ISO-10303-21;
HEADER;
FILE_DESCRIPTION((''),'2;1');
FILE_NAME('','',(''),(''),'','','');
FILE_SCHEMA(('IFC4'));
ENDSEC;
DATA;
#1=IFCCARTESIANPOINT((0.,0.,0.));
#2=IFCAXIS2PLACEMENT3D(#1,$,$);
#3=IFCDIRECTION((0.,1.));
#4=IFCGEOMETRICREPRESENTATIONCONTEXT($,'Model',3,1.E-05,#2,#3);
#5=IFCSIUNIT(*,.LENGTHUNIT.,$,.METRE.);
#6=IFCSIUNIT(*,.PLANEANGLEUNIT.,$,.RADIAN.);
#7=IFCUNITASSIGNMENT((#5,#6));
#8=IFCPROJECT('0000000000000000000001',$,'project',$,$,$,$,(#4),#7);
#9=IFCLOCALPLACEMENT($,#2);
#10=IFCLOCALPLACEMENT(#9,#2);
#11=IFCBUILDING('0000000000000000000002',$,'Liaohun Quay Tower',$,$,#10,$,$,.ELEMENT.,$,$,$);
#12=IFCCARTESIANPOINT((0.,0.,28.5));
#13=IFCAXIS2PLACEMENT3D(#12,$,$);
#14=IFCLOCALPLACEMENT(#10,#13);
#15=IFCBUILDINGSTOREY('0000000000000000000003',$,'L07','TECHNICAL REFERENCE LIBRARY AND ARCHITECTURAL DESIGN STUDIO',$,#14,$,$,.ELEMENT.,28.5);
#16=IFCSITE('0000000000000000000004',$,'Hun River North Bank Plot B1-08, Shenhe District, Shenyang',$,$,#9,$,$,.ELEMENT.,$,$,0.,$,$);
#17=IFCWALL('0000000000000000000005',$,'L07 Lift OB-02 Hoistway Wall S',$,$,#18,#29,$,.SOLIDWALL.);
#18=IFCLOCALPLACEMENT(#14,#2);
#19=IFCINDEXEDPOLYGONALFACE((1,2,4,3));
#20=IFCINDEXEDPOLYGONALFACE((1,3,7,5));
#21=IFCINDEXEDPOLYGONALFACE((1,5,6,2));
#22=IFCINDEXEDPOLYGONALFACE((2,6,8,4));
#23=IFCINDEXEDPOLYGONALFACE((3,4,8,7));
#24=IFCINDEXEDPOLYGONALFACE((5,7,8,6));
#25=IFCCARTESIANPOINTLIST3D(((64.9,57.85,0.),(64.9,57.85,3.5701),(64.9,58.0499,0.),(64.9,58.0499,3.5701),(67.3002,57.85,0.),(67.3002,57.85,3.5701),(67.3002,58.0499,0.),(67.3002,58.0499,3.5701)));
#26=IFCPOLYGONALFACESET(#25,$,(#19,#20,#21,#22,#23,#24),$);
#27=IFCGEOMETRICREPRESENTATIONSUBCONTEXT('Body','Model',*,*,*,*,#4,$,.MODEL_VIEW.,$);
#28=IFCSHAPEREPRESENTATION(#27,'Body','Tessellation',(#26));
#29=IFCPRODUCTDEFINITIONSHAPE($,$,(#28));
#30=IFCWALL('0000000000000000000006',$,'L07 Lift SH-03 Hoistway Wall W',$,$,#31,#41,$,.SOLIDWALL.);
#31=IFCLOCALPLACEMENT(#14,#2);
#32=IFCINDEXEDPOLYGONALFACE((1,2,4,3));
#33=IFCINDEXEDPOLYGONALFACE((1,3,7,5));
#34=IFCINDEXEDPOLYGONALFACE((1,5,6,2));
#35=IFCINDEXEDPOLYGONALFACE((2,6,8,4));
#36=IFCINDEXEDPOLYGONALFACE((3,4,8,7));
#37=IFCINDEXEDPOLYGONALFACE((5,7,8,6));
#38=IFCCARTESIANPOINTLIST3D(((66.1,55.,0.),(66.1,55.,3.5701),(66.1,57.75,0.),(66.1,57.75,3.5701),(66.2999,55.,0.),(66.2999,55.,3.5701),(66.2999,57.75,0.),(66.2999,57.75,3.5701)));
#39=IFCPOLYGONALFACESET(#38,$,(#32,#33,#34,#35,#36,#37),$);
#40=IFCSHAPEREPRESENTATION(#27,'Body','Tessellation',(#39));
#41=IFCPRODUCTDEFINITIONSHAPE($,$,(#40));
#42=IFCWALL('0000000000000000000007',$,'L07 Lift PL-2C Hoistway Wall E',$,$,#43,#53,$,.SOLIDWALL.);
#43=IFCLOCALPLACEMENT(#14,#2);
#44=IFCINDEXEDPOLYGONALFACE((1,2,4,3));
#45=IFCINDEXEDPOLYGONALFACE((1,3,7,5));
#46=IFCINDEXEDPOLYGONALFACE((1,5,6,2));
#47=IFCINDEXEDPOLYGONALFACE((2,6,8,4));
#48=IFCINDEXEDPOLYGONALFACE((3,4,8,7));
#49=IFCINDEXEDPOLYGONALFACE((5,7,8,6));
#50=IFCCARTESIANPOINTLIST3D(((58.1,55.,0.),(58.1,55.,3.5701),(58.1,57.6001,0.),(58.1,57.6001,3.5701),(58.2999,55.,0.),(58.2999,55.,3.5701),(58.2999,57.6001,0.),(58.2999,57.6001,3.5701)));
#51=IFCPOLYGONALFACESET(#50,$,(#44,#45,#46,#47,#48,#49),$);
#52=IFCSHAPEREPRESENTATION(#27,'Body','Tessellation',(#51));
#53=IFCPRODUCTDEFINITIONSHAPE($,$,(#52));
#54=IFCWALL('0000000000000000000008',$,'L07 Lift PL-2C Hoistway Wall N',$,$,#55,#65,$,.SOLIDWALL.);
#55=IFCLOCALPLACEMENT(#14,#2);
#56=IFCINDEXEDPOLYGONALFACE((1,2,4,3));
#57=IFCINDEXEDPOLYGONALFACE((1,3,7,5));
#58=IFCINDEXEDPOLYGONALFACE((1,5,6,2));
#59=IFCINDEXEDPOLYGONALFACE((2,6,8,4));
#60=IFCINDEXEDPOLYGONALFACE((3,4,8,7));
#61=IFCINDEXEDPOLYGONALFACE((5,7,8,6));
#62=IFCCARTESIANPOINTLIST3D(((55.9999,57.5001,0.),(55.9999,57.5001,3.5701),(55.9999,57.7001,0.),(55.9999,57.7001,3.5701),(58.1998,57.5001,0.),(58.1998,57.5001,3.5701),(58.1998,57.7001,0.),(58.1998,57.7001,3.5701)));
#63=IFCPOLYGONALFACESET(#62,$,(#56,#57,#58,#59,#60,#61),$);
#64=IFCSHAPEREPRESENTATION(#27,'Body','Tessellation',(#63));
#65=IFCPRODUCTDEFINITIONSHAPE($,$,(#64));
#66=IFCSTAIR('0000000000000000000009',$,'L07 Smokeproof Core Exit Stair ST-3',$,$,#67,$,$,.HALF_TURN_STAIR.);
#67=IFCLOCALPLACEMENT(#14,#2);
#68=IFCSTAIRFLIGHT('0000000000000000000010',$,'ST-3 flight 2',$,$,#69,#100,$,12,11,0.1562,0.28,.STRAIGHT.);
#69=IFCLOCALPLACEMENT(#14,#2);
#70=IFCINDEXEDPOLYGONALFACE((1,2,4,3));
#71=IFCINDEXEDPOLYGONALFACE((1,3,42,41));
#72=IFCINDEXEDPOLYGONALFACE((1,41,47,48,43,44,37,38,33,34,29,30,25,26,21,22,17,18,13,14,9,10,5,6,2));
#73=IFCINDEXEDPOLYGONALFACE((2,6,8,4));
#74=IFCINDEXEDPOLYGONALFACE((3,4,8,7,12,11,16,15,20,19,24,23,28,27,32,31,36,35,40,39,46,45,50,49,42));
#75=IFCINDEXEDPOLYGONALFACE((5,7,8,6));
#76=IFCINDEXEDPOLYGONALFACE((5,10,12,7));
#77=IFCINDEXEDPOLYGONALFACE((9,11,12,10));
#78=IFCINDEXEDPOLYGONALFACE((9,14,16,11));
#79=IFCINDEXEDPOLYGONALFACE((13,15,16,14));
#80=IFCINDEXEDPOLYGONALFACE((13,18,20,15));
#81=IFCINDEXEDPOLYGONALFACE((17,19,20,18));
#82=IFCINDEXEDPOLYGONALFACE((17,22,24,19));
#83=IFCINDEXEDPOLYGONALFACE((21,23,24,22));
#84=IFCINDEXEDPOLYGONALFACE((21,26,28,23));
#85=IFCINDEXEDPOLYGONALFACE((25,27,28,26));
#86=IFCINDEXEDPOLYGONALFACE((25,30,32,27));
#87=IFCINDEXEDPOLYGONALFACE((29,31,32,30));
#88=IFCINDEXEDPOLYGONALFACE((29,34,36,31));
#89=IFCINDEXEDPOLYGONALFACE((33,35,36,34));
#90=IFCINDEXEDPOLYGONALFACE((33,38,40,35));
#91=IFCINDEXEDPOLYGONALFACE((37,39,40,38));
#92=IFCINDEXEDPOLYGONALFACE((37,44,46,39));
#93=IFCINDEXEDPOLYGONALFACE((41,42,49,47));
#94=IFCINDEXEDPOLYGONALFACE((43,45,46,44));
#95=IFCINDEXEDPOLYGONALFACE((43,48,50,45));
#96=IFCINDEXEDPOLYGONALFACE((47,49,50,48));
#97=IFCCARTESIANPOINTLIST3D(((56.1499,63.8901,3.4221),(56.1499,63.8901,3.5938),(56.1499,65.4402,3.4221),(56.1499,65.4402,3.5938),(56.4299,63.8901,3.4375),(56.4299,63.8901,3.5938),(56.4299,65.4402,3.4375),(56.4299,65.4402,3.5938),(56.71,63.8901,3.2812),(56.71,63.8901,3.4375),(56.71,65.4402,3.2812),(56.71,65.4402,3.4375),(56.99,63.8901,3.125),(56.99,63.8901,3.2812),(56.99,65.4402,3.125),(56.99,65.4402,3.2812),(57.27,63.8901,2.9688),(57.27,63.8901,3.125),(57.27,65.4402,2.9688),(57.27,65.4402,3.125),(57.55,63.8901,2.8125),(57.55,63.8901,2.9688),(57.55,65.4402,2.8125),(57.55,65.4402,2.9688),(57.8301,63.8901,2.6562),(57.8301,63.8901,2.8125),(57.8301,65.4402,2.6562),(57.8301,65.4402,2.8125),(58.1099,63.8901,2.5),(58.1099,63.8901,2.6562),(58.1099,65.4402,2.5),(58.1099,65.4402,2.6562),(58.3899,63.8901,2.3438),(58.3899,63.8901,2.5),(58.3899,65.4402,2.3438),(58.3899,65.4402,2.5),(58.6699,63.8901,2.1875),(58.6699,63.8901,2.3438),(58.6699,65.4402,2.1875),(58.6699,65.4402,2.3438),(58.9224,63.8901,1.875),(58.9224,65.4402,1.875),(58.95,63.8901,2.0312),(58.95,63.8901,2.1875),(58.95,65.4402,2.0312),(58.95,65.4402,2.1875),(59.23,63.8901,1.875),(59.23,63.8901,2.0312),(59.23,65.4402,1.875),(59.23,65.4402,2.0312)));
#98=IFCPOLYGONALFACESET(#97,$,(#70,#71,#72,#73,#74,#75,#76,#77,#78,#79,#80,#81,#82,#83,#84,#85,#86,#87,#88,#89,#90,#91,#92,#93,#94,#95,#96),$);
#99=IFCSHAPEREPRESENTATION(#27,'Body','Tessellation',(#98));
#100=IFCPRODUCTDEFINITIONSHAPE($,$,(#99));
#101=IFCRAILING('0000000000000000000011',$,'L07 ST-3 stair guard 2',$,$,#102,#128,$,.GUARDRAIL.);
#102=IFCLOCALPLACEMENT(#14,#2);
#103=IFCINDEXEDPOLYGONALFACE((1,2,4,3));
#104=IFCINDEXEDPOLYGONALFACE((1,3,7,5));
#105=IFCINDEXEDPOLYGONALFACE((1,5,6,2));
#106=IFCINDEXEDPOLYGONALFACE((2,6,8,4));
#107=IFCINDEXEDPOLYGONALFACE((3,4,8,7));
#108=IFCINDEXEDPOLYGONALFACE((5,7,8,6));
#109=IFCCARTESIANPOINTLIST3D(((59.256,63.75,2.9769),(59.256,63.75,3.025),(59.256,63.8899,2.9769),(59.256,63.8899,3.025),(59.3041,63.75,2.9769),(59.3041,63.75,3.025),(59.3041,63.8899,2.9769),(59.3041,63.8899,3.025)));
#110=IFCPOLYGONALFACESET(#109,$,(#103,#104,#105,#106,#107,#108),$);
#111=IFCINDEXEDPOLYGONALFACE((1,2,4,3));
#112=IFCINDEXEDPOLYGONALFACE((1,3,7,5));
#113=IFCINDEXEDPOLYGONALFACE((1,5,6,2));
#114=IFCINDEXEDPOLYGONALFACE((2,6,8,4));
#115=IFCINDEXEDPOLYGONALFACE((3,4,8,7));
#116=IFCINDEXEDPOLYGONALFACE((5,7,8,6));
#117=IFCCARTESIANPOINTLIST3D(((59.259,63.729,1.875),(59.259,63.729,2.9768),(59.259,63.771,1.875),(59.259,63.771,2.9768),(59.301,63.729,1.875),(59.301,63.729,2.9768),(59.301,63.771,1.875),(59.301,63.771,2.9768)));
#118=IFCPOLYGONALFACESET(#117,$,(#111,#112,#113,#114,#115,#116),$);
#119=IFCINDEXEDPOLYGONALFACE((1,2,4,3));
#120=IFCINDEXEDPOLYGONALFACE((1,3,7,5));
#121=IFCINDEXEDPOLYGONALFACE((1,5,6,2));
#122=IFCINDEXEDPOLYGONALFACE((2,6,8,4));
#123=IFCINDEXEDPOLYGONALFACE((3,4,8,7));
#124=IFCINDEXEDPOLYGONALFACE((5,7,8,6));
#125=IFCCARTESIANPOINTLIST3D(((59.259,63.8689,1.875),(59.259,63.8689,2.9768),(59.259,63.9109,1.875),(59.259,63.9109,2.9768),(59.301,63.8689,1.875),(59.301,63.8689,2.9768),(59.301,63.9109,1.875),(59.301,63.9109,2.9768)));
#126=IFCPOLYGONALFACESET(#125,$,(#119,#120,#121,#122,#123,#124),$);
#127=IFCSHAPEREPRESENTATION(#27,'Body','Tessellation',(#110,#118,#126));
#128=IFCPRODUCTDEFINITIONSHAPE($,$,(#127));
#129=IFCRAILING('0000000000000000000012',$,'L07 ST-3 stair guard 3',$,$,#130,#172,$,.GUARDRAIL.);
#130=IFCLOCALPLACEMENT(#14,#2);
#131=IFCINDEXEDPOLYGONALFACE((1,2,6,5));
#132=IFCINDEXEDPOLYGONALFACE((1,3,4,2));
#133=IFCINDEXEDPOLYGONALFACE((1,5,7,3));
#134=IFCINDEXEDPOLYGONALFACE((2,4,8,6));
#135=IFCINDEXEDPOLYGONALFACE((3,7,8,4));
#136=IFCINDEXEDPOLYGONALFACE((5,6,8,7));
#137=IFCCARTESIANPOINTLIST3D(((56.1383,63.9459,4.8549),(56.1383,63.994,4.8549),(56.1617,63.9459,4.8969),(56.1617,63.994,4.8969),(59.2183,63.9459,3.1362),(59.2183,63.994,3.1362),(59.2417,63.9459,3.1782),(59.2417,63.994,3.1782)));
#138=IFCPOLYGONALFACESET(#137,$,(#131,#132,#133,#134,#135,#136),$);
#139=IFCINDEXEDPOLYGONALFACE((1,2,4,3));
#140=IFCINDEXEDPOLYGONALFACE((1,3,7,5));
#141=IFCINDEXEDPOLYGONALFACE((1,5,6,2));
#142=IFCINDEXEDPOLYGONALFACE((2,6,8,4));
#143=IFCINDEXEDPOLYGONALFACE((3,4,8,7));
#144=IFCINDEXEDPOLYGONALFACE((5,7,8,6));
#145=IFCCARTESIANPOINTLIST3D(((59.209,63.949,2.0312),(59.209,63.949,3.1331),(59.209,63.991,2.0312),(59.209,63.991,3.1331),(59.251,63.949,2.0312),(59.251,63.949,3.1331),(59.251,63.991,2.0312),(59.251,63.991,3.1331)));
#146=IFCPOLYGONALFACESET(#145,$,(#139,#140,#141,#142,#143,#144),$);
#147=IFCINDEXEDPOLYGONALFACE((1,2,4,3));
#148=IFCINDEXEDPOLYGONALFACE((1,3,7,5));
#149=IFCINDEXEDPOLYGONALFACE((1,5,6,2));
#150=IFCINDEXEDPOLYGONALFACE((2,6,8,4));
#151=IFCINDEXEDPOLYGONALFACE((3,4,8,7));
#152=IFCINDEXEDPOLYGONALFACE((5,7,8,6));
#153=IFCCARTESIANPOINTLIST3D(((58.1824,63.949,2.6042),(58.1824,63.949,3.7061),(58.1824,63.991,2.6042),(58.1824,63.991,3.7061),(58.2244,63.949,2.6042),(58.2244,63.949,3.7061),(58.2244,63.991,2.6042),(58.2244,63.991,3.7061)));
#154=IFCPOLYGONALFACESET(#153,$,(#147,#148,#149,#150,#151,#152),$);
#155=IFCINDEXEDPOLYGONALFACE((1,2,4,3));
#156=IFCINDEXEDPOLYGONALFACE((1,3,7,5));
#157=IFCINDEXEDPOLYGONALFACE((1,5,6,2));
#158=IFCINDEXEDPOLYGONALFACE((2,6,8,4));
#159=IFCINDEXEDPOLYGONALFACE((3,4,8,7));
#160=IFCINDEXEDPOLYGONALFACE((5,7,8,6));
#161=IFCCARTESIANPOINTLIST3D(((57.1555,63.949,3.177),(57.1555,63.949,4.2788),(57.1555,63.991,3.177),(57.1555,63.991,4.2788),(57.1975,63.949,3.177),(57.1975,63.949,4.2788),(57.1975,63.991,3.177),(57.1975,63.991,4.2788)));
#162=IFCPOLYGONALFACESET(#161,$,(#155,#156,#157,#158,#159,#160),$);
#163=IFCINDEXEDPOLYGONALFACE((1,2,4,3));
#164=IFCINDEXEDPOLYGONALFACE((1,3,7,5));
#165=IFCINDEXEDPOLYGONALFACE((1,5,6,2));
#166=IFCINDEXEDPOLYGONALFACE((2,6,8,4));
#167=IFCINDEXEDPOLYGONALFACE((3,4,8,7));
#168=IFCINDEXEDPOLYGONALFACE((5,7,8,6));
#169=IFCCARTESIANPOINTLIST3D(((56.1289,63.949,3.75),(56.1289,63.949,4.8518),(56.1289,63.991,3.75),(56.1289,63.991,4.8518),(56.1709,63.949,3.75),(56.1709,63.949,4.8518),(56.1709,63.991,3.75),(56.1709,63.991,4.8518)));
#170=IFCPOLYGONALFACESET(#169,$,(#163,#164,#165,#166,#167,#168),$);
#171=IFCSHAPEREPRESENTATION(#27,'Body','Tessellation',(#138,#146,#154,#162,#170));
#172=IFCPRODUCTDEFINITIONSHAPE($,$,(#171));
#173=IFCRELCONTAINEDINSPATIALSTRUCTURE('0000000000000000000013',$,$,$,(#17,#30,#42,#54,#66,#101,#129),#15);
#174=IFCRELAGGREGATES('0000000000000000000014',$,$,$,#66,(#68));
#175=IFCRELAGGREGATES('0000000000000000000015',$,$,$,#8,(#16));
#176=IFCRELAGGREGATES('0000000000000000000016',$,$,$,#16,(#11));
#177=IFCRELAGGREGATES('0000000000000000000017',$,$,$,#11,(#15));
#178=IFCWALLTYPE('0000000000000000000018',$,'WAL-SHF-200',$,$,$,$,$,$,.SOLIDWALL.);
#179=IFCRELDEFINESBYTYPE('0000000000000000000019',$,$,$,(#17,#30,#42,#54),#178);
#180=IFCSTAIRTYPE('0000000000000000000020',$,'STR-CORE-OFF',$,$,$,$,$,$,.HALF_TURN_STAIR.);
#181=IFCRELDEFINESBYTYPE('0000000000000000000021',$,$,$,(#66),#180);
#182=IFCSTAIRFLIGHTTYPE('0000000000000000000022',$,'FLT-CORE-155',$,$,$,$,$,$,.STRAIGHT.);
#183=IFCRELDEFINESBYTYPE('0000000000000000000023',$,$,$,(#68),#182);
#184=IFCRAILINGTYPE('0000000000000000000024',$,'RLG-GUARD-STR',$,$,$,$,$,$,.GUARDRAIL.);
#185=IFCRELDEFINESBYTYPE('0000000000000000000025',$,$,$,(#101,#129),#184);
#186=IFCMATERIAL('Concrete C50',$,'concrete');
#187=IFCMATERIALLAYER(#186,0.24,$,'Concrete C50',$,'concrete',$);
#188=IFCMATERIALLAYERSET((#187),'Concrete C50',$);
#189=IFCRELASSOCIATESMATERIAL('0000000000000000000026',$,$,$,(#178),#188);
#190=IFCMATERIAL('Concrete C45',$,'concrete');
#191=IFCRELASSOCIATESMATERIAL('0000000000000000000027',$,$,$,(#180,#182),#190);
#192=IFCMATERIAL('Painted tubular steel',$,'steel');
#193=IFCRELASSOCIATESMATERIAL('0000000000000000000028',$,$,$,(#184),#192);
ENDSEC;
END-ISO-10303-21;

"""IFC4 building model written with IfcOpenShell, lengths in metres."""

from ifc_helpers import new_model, si_unit, direction, frame, frame_2d, origin, origin_2d, place, context, subcontext, project, spatial, polyline, rectangle, outline, extrude, material, layer, layer_set, type_object, element, aggregate, save


model = new_model("IFC4")

# Units and contexts
model_context = context("Model", 3, precision=1e-05, world=origin(), true_north=direction((0.0, 1.0)))
body_context = subcontext(model_context, "Body", "Model", "MODEL_VIEW")
ifc_project = project(units=[si_unit("LENGTHUNIT", "METRE"), si_unit("PLANEANGLEUNIT", "RADIAN")], contexts=[model_context])

# Site, building, storey
site_placement = place(None, origin())
site = spatial("IfcSite", under=ifc_project, at=site_placement, Name="Hun River North Bank Plot B1-08, Shenhe District, Shenyang", CompositionType="ELEMENT", RefElevation=0.0)
building_placement = place(site_placement, origin())
building = spatial("IfcBuilding", under=site, at=building_placement, Name="Liaohun Quay Tower", CompositionType="ELEMENT")
storey_placement = place(building_placement, frame((0.0, 0.0, 28.5)))
storey = spatial("IfcBuildingStorey", under=building, at=storey_placement, Name="L07", Description="TECHNICAL REFERENCE LIBRARY AND ARCHITECTURAL DESIGN STUDIO", CompositionType="ELEMENT", Elevation=28.5)

# Shared definitions
ifc_material_1 = material(Name="Concrete C50", Category="concrete")
ifc_layer_1 = layer(ifc_material_1, 0.24, Name="Concrete C50", Category="concrete")
ifc_layer_set_1 = layer_set([ifc_layer_1], Name="Concrete C50")
wall_type_1 = type_object("IfcWallType", Name="WAL-SHF-200", PredefinedType="SOLIDWALL", material=ifc_layer_set_1)

# Walls
wall_1_placement = place(storey_placement, frame((64.8999, 57.95, 0.0), z_axis=(0.0, 0.0, 1.0), x_axis=(1.0, 0.0, 0.0)))
element("IfcWall", 1, at=wall_1_placement, inside=storey, type_object=wall_type_1, Name="L07 Lift OB-02 Hoistway Wall S", PredefinedType="SOLIDWALL", context=body_context, shape_type="SweptSolid", body=[
    extrude(rectangle(XDim=2.4001, YDim=0.2, at=frame_2d((1.2002, 0.0))), origin(), (0.0, 0.0, 1.0), 3.5701),
])
wall_2_placement = place(storey_placement, frame((66.2, 57.75, 0.0), z_axis=(0.0, 0.0, 1.0), x_axis=(0.0, -1.0, 0.0)))
element("IfcWall", 2, at=wall_2_placement, inside=storey, type_object=wall_type_1, Name="L07 Lift SH-03 Hoistway Wall W", PredefinedType="SOLIDWALL", context=body_context, shape_type="SweptSolid", body=[
    extrude(rectangle(XDim=2.75, YDim=0.2, at=frame_2d((1.375, 0.0))), origin(), (0.0, 0.0, 1.0), 3.5701),
])
wall_3_placement = place(storey_placement, frame((58.2, 55.0, 0.0), z_axis=(0.0, 0.0, 1.0), x_axis=(0.0, 1.0, 0.0)))
element("IfcWall", 3, at=wall_3_placement, inside=storey, type_object=wall_type_1, Name="L07 Lift PL-2C Hoistway Wall E", PredefinedType="SOLIDWALL", context=body_context, shape_type="SweptSolid", body=[
    extrude(rectangle(XDim=2.6001, YDim=0.2, at=frame_2d((1.3, 0.0))), origin(), (0.0, 0.0, 1.0), 3.5701),
])
wall_4_placement = place(storey_placement, frame((58.2, 57.6001, 0.0), z_axis=(0.0, 0.0, 1.0), x_axis=(-1.0, 0.0, 0.0)))
element("IfcWall", 4, at=wall_4_placement, inside=storey, type_object=wall_type_1, Name="L07 Lift PL-2C Hoistway Wall N", PredefinedType="SOLIDWALL", context=body_context, shape_type="SweptSolid", body=[
    extrude(rectangle(XDim=2.2, YDim=0.2, at=frame_2d((1.1001, 0.0))), origin(), (0.0, 0.0, 1.0), 3.5701),
])

# Stair, stair flight
ifc_material_2 = material(Name="Concrete C45", Category="concrete")
stair_type = type_object("IfcStairType", Name="STR-CORE-OFF", PredefinedType="HALF_TURN_STAIR", material=ifc_material_2)
stair_placement = place(storey_placement, origin())
stair = element("IfcStair", 5, at=stair_placement, inside=storey, type_object=stair_type, Name="L07 Smokeproof Core Exit Stair ST-3", PredefinedType="HALF_TURN_STAIR")
stair_flight_type = type_object("IfcStairFlightType", Name="FLT-CORE-155", PredefinedType="STRAIGHT", material=ifc_material_2)
stair_flight_placement = place(storey_placement, frame((59.23, 64.665, 1.875), z_axis=(0.0, 0.0, 1.0), x_axis=(-1.0, 0.0, 0.0)))
stair_flight = element("IfcStairFlight", 6, at=stair_flight_placement, type_object=stair_flight_type, Name="ST-3 flight 2", NumberOfRisers=12, NumberOfTreads=11, PredefinedType="STRAIGHT", RiserHeight=0.1562, TreadLength=0.28, context=body_context, shape_type="SweptSolid", body=[
    extrude(outline(polyline([(0.0, 0.0), (0.0, 0.1562), (0.28, 0.1562), (0.28, 0.3125), (0.5601, 0.3125), (0.5601, 0.4688), (0.8401, 0.4688), (0.8401, 0.625), (1.1201, 0.625), (1.1201, 0.7812), (1.3999, 0.7812), (1.3999, 0.9375), (1.6799, 0.9375), (1.6799, 1.0938), (1.96, 1.0938), (1.96, 1.25), (2.24, 1.25), (2.24, 1.4062), (2.52, 1.4062), (2.52, 1.5625), (2.8, 1.5625), (2.8, 1.7188), (3.0801, 1.7188), (3.0801, 1.875), (3.0801, 1.5471), (0.3076, 0.0), (0.0, 0.0)])), frame((0.0, 0.7749, 0.0), z_axis=(0.0, -1.0, 0.0), x_axis=(1.0, 0.0, 0.0)), (0.0, 0.0, 1.0), 1.55),
])
aggregate(stair, [stair_flight])

# Railings
ifc_material_3 = material(Name="Painted tubular steel", Category="steel")
railing_type_1 = type_object("IfcRailingType", Name="RLG-GUARD-STR", PredefinedType="GUARDRAIL", material=ifc_material_3)
railing_1_placement = place(storey_placement, frame((59.28, 63.75, 1.875)))
element("IfcRailing", 7, at=railing_1_placement, inside=storey, type_object=railing_type_1, Name="L07 ST-3 stair guard 2", PredefinedType="GUARDRAIL", context=body_context, shape_type="SweptSolid", body=[
    extrude(rectangle(XDim=0.0481, YDim=0.0481, at=origin_2d()), frame((0.0, 0.0, 1.126), z_axis=(0.0, 1.0, 0.0), x_axis=(-1.0, 0.0, 0.0)), (0.0, 0.0, 1.0), 0.1399),
    extrude(rectangle(XDim=0.042, YDim=0.042, at=origin_2d()), origin(), (0.0, 0.0, 1.0), 1.1018),
    extrude(rectangle(XDim=0.042, YDim=0.042, at=origin_2d()), frame((0.0, 0.1399, 0.0)), (0.0, 0.0, 1.0), 1.1018),
])
railing_2_placement = place(storey_placement, frame((59.23, 63.97, 2.0312)))
element("IfcRailing", 8, at=railing_2_placement, inside=storey, type_object=railing_type_1, Name="L07 ST-3 stair guard 3", PredefinedType="GUARDRAIL", context=body_context, shape_type="SweptSolid", body=[
    extrude(rectangle(XDim=0.0481, YDim=0.0481, at=origin_2d()), frame((0.0, 0.0, 1.126), z_axis=(-0.873242, 0.0, 0.487288), x_axis=(0.0, -1.0, 0.0)), (0.0, 0.0, 1.0), 3.5271),
    extrude(rectangle(XDim=0.042, YDim=0.042, at=origin_2d()), origin(), (0.0, 0.0, 1.0), 1.1018),
    extrude(rectangle(XDim=0.042, YDim=0.042, at=origin_2d()), frame((-1.0266, 0.0, 0.573)), (0.0, 0.0, 1.0), 1.1018),
    extrude(rectangle(XDim=0.042, YDim=0.042, at=origin_2d()), frame((-2.0535, 0.0, 1.1458)), (0.0, 0.0, 1.0), 1.1018),
    extrude(rectangle(XDim=0.042, YDim=0.042, at=origin_2d()), frame((-3.0801, 0.0, 1.7188)), (0.0, 0.0, 1.0), 1.1018),
])

save(model, "model.ifc")
